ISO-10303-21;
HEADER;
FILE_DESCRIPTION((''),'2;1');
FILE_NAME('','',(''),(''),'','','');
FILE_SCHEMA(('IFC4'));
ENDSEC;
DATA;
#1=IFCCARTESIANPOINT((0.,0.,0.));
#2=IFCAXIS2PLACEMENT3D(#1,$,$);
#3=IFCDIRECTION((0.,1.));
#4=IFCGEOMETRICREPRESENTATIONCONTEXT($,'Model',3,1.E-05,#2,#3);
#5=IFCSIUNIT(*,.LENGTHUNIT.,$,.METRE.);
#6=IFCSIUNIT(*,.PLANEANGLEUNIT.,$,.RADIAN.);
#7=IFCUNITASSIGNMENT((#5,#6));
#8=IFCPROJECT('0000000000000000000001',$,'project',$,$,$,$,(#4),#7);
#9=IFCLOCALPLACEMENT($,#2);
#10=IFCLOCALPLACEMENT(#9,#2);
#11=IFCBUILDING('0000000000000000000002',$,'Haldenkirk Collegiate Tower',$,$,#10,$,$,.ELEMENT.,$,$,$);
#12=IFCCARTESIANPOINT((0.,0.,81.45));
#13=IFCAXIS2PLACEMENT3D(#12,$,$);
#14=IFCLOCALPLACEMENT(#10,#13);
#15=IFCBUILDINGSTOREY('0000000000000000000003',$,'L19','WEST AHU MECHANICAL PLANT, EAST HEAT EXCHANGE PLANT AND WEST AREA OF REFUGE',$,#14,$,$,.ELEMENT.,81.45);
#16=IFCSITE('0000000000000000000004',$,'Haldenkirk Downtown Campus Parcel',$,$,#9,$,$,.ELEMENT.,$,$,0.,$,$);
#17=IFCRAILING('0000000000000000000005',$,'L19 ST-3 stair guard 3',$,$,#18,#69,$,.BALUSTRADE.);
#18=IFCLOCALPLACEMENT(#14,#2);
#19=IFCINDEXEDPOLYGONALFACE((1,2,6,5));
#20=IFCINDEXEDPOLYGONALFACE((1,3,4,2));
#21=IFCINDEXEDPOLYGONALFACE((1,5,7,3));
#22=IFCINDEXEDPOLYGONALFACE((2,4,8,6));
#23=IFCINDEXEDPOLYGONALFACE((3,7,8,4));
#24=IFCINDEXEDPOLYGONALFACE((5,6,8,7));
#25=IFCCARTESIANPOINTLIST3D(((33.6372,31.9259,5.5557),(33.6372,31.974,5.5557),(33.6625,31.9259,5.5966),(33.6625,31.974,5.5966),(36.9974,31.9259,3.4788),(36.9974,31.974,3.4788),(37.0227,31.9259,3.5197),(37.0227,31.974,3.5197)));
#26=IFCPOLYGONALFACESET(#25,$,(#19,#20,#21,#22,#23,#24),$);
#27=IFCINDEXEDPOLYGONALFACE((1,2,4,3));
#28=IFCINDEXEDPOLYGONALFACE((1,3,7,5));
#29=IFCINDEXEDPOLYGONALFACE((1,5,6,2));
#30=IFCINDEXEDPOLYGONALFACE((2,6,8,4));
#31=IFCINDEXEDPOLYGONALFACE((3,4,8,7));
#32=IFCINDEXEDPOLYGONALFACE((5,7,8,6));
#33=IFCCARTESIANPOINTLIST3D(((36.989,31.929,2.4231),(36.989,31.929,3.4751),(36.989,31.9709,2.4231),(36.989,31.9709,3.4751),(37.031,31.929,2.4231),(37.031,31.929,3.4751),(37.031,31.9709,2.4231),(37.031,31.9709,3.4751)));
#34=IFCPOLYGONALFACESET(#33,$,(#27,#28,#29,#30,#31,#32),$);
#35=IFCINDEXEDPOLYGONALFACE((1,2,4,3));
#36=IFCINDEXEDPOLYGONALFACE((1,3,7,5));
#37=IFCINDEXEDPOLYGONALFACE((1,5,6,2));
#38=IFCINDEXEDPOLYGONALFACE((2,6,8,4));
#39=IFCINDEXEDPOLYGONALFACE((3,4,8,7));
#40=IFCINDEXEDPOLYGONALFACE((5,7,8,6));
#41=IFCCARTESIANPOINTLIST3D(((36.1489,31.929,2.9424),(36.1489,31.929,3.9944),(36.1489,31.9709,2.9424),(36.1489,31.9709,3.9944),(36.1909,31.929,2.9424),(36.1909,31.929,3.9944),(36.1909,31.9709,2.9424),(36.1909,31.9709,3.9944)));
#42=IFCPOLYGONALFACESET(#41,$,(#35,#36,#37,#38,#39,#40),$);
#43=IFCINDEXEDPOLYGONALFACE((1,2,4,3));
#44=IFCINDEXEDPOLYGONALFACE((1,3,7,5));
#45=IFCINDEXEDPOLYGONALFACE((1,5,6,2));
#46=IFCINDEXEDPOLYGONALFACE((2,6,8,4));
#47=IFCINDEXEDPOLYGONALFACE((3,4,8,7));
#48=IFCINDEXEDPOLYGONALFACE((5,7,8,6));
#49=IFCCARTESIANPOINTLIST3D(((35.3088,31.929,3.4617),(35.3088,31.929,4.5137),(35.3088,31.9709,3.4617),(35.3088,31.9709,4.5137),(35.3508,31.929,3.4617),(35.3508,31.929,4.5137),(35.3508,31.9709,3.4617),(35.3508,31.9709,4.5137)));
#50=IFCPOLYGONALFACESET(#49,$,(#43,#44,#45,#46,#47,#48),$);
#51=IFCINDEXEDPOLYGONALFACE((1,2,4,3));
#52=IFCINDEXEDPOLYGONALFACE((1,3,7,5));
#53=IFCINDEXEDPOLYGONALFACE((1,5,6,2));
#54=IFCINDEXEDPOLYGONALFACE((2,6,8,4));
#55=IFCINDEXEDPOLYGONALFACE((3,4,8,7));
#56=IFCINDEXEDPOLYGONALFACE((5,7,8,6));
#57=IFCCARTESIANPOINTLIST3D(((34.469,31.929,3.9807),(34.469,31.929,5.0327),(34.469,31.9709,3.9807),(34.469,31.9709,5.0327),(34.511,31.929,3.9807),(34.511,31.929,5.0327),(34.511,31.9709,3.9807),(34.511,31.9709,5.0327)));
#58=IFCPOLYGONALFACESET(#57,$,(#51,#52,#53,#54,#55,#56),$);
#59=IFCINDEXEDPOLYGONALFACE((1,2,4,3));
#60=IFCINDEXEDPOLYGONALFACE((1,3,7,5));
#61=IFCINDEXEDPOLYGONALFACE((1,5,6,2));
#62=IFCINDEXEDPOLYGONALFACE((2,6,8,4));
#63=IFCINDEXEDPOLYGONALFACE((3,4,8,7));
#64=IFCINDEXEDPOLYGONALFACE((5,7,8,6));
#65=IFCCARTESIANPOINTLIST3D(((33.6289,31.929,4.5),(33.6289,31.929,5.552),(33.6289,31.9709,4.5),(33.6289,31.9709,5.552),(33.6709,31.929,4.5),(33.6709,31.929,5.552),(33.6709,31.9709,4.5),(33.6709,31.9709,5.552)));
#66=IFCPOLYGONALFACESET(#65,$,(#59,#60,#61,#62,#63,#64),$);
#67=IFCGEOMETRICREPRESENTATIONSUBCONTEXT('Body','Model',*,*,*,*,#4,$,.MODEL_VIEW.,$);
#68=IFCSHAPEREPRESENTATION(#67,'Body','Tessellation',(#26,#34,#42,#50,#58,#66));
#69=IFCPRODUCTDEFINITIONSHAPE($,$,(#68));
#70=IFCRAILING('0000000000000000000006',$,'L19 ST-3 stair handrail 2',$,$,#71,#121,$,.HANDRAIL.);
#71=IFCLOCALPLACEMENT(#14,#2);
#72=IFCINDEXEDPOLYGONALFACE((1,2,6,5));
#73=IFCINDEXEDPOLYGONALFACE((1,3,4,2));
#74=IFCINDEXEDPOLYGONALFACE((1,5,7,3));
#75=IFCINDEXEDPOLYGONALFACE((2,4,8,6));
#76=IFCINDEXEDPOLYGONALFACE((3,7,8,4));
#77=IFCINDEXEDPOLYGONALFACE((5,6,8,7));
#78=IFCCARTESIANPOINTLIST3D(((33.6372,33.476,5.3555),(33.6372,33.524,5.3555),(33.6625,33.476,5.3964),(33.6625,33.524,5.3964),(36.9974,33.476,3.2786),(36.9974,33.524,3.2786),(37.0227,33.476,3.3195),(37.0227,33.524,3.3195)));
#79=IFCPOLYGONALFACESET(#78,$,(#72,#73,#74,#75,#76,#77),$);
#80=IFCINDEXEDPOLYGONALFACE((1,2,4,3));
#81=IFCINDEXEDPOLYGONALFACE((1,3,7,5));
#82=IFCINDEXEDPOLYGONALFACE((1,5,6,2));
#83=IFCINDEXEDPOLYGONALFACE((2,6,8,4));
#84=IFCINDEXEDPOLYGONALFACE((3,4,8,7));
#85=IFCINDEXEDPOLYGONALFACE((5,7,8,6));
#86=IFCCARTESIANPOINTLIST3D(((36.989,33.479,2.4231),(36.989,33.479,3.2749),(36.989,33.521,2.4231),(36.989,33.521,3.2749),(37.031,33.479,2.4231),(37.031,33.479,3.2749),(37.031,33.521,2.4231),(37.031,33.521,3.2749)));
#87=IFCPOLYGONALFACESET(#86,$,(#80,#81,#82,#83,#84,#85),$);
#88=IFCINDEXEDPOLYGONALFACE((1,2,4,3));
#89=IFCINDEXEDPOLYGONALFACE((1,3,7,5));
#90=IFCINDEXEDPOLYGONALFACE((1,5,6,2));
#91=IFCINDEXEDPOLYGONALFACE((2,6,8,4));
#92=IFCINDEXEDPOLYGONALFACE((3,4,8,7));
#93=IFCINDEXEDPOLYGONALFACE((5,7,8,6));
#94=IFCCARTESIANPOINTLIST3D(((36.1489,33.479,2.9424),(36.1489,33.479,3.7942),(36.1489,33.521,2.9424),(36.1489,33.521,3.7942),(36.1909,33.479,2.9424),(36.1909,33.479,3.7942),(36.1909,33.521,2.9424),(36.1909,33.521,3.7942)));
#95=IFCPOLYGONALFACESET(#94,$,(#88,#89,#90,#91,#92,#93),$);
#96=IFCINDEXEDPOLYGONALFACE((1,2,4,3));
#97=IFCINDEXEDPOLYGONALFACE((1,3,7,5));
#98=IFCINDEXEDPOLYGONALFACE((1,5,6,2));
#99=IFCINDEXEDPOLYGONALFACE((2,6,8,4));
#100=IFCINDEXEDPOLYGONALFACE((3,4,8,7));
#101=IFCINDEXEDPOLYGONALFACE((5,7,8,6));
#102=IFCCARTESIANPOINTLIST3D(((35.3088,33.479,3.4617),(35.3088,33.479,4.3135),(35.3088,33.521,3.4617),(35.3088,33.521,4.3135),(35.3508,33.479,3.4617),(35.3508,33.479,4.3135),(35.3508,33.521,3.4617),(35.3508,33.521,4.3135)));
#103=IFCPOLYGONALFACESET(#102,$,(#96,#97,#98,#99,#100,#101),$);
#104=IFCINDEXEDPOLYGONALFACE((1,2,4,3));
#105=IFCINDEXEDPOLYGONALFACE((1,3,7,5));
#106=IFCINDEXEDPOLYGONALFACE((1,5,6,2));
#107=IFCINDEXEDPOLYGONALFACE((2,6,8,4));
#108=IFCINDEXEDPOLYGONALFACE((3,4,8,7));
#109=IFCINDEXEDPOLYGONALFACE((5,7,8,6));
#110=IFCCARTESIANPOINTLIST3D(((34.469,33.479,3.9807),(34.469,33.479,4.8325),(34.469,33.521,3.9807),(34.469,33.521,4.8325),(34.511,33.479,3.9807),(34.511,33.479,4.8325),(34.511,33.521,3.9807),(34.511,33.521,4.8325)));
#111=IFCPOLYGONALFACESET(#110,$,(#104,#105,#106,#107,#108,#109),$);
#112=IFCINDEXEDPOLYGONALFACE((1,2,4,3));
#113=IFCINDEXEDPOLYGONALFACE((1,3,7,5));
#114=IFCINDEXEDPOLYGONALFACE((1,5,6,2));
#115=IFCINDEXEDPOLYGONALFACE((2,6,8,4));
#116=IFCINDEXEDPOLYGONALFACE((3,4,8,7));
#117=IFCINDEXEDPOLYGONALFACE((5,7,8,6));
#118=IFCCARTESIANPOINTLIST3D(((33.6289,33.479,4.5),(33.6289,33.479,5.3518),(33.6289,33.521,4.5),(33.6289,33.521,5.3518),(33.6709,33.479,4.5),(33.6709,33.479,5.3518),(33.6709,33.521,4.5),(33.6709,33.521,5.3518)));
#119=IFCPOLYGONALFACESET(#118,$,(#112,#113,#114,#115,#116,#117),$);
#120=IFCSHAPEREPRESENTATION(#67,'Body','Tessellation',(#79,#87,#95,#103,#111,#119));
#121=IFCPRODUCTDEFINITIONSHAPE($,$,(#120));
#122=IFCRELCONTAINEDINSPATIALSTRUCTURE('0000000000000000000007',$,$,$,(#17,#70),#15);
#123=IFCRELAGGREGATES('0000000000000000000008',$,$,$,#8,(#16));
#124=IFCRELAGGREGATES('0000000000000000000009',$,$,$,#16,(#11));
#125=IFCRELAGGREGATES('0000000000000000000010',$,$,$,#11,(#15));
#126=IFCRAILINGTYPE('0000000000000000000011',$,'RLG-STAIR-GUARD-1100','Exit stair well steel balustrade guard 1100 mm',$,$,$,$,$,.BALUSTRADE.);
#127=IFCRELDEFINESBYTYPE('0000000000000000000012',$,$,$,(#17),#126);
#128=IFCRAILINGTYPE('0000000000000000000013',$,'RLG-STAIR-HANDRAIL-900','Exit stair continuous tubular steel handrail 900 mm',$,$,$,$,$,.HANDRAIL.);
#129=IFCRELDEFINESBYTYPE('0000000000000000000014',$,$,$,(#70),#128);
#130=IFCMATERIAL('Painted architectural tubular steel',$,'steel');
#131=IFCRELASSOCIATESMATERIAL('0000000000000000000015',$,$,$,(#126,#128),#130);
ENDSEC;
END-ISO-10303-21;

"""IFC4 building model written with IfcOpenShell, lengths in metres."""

from ifc_helpers import new_model, si_unit, direction, frame, origin, origin_2d, place, context, subcontext, project, spatial, rectangle, extrude, material, type_object, element, save


model = new_model("IFC4")

# Units and contexts
model_context = context("Model", 3, precision=1e-05, world=origin(), true_north=direction((0.0, 1.0)))
body_context = subcontext(model_context, "Body", "Model", "MODEL_VIEW")
ifc_project = project(units=[si_unit("LENGTHUNIT", "METRE"), si_unit("PLANEANGLEUNIT", "RADIAN")], contexts=[model_context])

# Site, building, storey
site_placement = place(None, origin())
site = spatial("IfcSite", under=ifc_project, at=site_placement, Name="Haldenkirk Downtown Campus Parcel", CompositionType="ELEMENT", RefElevation=0.0)
building_placement = place(site_placement, origin())
building = spatial("IfcBuilding", under=site, at=building_placement, Name="Haldenkirk Collegiate Tower", CompositionType="ELEMENT")
storey_placement = place(building_placement, frame((0.0, 0.0, 81.45)))
storey = spatial("IfcBuildingStorey", under=building, at=storey_placement, Name="L19", Description="WEST AHU MECHANICAL PLANT, EAST HEAT EXCHANGE PLANT AND WEST AREA OF REFUGE", CompositionType="ELEMENT", Elevation=81.45)

# Railings
ifc_material_1 = material(Name="Painted architectural tubular steel", Category="steel")
railing_type_1 = type_object("IfcRailingType", Name="RLG-STAIR-GUARD-1100", Description="Exit stair well steel balustrade guard 1100 mm", PredefinedType="BALUSTRADE", material=ifc_material_1)
railing_1_placement = place(storey_placement, frame((37.01, 31.95, 2.4231)))
element("IfcRailing", 1, at=railing_1_placement, inside=storey, type_object=railing_type_1, Name="L19 ST-3 stair guard 3", PredefinedType="BALUSTRADE", context=body_context, shape_type="SweptSolid", body=[
    extrude(rectangle(XDim=0.0481, YDim=0.0481, at=origin_2d()), frame((0.0, 0.0, 1.0762), z_axis=(-0.850623, 0.0, 0.525776), x_axis=(0.0, -1.0, 0.0)), (0.0, 0.0, 1.0), 3.9502),
    extrude(rectangle(XDim=0.042, YDim=0.042, at=origin_2d()), origin(), (0.0, 0.0, 1.0), 1.052),
    extrude(rectangle(XDim=0.042, YDim=0.042, at=origin_2d()), frame((-0.8401, 0.0, 0.5193)), (0.0, 0.0, 1.0), 1.052),
    extrude(rectangle(XDim=0.042, YDim=0.042, at=origin_2d()), frame((-1.6802, 0.0, 1.0386)), (0.0, 0.0, 1.0), 1.052),
    extrude(rectangle(XDim=0.042, YDim=0.042, at=origin_2d()), frame((-2.52, 0.0, 1.5576)), (0.0, 0.0, 1.0), 1.052),
    extrude(rectangle(XDim=0.042, YDim=0.042, at=origin_2d()), frame((-3.3601, 0.0, 2.0769)), (0.0, 0.0, 1.0), 1.052),
])
railing_type_2 = type_object("IfcRailingType", Name="RLG-STAIR-HANDRAIL-900", Description="Exit stair continuous tubular steel handrail 900 mm", PredefinedType="HANDRAIL", material=ifc_material_1)
railing_2_placement = place(storey_placement, frame((37.01, 33.5, 2.4231)))
element("IfcRailing", 2, at=railing_2_placement, inside=storey, type_object=railing_type_2, Name="L19 ST-3 stair handrail 2", PredefinedType="HANDRAIL", context=body_context, shape_type="SweptSolid", body=[
    extrude(rectangle(XDim=0.0481, YDim=0.0481, at=origin_2d()), frame((0.0, 0.0, 0.876), z_axis=(-0.850623, 0.0, 0.525776), x_axis=(0.0, -1.0, 0.0)), (0.0, 0.0, 1.0), 3.9502),
    extrude(rectangle(XDim=0.042, YDim=0.042, at=origin_2d()), origin(), (0.0, 0.0, 1.0), 0.8518),
    extrude(rectangle(XDim=0.042, YDim=0.042, at=origin_2d()), frame((-0.8401, 0.0, 0.5193)), (0.0, 0.0, 1.0), 0.8518),
    extrude(rectangle(XDim=0.042, YDim=0.042, at=origin_2d()), frame((-1.6802, 0.0, 1.0386)), (0.0, 0.0, 1.0), 0.8518),
    extrude(rectangle(XDim=0.042, YDim=0.042, at=origin_2d()), frame((-2.52, 0.0, 1.5576)), (0.0, 0.0, 1.0), 0.8518),
    extrude(rectangle(XDim=0.042, YDim=0.042, at=origin_2d()), frame((-3.3601, 0.0, 2.0769)), (0.0, 0.0, 1.0), 0.8518),
])

save(model, "model.ifc")
